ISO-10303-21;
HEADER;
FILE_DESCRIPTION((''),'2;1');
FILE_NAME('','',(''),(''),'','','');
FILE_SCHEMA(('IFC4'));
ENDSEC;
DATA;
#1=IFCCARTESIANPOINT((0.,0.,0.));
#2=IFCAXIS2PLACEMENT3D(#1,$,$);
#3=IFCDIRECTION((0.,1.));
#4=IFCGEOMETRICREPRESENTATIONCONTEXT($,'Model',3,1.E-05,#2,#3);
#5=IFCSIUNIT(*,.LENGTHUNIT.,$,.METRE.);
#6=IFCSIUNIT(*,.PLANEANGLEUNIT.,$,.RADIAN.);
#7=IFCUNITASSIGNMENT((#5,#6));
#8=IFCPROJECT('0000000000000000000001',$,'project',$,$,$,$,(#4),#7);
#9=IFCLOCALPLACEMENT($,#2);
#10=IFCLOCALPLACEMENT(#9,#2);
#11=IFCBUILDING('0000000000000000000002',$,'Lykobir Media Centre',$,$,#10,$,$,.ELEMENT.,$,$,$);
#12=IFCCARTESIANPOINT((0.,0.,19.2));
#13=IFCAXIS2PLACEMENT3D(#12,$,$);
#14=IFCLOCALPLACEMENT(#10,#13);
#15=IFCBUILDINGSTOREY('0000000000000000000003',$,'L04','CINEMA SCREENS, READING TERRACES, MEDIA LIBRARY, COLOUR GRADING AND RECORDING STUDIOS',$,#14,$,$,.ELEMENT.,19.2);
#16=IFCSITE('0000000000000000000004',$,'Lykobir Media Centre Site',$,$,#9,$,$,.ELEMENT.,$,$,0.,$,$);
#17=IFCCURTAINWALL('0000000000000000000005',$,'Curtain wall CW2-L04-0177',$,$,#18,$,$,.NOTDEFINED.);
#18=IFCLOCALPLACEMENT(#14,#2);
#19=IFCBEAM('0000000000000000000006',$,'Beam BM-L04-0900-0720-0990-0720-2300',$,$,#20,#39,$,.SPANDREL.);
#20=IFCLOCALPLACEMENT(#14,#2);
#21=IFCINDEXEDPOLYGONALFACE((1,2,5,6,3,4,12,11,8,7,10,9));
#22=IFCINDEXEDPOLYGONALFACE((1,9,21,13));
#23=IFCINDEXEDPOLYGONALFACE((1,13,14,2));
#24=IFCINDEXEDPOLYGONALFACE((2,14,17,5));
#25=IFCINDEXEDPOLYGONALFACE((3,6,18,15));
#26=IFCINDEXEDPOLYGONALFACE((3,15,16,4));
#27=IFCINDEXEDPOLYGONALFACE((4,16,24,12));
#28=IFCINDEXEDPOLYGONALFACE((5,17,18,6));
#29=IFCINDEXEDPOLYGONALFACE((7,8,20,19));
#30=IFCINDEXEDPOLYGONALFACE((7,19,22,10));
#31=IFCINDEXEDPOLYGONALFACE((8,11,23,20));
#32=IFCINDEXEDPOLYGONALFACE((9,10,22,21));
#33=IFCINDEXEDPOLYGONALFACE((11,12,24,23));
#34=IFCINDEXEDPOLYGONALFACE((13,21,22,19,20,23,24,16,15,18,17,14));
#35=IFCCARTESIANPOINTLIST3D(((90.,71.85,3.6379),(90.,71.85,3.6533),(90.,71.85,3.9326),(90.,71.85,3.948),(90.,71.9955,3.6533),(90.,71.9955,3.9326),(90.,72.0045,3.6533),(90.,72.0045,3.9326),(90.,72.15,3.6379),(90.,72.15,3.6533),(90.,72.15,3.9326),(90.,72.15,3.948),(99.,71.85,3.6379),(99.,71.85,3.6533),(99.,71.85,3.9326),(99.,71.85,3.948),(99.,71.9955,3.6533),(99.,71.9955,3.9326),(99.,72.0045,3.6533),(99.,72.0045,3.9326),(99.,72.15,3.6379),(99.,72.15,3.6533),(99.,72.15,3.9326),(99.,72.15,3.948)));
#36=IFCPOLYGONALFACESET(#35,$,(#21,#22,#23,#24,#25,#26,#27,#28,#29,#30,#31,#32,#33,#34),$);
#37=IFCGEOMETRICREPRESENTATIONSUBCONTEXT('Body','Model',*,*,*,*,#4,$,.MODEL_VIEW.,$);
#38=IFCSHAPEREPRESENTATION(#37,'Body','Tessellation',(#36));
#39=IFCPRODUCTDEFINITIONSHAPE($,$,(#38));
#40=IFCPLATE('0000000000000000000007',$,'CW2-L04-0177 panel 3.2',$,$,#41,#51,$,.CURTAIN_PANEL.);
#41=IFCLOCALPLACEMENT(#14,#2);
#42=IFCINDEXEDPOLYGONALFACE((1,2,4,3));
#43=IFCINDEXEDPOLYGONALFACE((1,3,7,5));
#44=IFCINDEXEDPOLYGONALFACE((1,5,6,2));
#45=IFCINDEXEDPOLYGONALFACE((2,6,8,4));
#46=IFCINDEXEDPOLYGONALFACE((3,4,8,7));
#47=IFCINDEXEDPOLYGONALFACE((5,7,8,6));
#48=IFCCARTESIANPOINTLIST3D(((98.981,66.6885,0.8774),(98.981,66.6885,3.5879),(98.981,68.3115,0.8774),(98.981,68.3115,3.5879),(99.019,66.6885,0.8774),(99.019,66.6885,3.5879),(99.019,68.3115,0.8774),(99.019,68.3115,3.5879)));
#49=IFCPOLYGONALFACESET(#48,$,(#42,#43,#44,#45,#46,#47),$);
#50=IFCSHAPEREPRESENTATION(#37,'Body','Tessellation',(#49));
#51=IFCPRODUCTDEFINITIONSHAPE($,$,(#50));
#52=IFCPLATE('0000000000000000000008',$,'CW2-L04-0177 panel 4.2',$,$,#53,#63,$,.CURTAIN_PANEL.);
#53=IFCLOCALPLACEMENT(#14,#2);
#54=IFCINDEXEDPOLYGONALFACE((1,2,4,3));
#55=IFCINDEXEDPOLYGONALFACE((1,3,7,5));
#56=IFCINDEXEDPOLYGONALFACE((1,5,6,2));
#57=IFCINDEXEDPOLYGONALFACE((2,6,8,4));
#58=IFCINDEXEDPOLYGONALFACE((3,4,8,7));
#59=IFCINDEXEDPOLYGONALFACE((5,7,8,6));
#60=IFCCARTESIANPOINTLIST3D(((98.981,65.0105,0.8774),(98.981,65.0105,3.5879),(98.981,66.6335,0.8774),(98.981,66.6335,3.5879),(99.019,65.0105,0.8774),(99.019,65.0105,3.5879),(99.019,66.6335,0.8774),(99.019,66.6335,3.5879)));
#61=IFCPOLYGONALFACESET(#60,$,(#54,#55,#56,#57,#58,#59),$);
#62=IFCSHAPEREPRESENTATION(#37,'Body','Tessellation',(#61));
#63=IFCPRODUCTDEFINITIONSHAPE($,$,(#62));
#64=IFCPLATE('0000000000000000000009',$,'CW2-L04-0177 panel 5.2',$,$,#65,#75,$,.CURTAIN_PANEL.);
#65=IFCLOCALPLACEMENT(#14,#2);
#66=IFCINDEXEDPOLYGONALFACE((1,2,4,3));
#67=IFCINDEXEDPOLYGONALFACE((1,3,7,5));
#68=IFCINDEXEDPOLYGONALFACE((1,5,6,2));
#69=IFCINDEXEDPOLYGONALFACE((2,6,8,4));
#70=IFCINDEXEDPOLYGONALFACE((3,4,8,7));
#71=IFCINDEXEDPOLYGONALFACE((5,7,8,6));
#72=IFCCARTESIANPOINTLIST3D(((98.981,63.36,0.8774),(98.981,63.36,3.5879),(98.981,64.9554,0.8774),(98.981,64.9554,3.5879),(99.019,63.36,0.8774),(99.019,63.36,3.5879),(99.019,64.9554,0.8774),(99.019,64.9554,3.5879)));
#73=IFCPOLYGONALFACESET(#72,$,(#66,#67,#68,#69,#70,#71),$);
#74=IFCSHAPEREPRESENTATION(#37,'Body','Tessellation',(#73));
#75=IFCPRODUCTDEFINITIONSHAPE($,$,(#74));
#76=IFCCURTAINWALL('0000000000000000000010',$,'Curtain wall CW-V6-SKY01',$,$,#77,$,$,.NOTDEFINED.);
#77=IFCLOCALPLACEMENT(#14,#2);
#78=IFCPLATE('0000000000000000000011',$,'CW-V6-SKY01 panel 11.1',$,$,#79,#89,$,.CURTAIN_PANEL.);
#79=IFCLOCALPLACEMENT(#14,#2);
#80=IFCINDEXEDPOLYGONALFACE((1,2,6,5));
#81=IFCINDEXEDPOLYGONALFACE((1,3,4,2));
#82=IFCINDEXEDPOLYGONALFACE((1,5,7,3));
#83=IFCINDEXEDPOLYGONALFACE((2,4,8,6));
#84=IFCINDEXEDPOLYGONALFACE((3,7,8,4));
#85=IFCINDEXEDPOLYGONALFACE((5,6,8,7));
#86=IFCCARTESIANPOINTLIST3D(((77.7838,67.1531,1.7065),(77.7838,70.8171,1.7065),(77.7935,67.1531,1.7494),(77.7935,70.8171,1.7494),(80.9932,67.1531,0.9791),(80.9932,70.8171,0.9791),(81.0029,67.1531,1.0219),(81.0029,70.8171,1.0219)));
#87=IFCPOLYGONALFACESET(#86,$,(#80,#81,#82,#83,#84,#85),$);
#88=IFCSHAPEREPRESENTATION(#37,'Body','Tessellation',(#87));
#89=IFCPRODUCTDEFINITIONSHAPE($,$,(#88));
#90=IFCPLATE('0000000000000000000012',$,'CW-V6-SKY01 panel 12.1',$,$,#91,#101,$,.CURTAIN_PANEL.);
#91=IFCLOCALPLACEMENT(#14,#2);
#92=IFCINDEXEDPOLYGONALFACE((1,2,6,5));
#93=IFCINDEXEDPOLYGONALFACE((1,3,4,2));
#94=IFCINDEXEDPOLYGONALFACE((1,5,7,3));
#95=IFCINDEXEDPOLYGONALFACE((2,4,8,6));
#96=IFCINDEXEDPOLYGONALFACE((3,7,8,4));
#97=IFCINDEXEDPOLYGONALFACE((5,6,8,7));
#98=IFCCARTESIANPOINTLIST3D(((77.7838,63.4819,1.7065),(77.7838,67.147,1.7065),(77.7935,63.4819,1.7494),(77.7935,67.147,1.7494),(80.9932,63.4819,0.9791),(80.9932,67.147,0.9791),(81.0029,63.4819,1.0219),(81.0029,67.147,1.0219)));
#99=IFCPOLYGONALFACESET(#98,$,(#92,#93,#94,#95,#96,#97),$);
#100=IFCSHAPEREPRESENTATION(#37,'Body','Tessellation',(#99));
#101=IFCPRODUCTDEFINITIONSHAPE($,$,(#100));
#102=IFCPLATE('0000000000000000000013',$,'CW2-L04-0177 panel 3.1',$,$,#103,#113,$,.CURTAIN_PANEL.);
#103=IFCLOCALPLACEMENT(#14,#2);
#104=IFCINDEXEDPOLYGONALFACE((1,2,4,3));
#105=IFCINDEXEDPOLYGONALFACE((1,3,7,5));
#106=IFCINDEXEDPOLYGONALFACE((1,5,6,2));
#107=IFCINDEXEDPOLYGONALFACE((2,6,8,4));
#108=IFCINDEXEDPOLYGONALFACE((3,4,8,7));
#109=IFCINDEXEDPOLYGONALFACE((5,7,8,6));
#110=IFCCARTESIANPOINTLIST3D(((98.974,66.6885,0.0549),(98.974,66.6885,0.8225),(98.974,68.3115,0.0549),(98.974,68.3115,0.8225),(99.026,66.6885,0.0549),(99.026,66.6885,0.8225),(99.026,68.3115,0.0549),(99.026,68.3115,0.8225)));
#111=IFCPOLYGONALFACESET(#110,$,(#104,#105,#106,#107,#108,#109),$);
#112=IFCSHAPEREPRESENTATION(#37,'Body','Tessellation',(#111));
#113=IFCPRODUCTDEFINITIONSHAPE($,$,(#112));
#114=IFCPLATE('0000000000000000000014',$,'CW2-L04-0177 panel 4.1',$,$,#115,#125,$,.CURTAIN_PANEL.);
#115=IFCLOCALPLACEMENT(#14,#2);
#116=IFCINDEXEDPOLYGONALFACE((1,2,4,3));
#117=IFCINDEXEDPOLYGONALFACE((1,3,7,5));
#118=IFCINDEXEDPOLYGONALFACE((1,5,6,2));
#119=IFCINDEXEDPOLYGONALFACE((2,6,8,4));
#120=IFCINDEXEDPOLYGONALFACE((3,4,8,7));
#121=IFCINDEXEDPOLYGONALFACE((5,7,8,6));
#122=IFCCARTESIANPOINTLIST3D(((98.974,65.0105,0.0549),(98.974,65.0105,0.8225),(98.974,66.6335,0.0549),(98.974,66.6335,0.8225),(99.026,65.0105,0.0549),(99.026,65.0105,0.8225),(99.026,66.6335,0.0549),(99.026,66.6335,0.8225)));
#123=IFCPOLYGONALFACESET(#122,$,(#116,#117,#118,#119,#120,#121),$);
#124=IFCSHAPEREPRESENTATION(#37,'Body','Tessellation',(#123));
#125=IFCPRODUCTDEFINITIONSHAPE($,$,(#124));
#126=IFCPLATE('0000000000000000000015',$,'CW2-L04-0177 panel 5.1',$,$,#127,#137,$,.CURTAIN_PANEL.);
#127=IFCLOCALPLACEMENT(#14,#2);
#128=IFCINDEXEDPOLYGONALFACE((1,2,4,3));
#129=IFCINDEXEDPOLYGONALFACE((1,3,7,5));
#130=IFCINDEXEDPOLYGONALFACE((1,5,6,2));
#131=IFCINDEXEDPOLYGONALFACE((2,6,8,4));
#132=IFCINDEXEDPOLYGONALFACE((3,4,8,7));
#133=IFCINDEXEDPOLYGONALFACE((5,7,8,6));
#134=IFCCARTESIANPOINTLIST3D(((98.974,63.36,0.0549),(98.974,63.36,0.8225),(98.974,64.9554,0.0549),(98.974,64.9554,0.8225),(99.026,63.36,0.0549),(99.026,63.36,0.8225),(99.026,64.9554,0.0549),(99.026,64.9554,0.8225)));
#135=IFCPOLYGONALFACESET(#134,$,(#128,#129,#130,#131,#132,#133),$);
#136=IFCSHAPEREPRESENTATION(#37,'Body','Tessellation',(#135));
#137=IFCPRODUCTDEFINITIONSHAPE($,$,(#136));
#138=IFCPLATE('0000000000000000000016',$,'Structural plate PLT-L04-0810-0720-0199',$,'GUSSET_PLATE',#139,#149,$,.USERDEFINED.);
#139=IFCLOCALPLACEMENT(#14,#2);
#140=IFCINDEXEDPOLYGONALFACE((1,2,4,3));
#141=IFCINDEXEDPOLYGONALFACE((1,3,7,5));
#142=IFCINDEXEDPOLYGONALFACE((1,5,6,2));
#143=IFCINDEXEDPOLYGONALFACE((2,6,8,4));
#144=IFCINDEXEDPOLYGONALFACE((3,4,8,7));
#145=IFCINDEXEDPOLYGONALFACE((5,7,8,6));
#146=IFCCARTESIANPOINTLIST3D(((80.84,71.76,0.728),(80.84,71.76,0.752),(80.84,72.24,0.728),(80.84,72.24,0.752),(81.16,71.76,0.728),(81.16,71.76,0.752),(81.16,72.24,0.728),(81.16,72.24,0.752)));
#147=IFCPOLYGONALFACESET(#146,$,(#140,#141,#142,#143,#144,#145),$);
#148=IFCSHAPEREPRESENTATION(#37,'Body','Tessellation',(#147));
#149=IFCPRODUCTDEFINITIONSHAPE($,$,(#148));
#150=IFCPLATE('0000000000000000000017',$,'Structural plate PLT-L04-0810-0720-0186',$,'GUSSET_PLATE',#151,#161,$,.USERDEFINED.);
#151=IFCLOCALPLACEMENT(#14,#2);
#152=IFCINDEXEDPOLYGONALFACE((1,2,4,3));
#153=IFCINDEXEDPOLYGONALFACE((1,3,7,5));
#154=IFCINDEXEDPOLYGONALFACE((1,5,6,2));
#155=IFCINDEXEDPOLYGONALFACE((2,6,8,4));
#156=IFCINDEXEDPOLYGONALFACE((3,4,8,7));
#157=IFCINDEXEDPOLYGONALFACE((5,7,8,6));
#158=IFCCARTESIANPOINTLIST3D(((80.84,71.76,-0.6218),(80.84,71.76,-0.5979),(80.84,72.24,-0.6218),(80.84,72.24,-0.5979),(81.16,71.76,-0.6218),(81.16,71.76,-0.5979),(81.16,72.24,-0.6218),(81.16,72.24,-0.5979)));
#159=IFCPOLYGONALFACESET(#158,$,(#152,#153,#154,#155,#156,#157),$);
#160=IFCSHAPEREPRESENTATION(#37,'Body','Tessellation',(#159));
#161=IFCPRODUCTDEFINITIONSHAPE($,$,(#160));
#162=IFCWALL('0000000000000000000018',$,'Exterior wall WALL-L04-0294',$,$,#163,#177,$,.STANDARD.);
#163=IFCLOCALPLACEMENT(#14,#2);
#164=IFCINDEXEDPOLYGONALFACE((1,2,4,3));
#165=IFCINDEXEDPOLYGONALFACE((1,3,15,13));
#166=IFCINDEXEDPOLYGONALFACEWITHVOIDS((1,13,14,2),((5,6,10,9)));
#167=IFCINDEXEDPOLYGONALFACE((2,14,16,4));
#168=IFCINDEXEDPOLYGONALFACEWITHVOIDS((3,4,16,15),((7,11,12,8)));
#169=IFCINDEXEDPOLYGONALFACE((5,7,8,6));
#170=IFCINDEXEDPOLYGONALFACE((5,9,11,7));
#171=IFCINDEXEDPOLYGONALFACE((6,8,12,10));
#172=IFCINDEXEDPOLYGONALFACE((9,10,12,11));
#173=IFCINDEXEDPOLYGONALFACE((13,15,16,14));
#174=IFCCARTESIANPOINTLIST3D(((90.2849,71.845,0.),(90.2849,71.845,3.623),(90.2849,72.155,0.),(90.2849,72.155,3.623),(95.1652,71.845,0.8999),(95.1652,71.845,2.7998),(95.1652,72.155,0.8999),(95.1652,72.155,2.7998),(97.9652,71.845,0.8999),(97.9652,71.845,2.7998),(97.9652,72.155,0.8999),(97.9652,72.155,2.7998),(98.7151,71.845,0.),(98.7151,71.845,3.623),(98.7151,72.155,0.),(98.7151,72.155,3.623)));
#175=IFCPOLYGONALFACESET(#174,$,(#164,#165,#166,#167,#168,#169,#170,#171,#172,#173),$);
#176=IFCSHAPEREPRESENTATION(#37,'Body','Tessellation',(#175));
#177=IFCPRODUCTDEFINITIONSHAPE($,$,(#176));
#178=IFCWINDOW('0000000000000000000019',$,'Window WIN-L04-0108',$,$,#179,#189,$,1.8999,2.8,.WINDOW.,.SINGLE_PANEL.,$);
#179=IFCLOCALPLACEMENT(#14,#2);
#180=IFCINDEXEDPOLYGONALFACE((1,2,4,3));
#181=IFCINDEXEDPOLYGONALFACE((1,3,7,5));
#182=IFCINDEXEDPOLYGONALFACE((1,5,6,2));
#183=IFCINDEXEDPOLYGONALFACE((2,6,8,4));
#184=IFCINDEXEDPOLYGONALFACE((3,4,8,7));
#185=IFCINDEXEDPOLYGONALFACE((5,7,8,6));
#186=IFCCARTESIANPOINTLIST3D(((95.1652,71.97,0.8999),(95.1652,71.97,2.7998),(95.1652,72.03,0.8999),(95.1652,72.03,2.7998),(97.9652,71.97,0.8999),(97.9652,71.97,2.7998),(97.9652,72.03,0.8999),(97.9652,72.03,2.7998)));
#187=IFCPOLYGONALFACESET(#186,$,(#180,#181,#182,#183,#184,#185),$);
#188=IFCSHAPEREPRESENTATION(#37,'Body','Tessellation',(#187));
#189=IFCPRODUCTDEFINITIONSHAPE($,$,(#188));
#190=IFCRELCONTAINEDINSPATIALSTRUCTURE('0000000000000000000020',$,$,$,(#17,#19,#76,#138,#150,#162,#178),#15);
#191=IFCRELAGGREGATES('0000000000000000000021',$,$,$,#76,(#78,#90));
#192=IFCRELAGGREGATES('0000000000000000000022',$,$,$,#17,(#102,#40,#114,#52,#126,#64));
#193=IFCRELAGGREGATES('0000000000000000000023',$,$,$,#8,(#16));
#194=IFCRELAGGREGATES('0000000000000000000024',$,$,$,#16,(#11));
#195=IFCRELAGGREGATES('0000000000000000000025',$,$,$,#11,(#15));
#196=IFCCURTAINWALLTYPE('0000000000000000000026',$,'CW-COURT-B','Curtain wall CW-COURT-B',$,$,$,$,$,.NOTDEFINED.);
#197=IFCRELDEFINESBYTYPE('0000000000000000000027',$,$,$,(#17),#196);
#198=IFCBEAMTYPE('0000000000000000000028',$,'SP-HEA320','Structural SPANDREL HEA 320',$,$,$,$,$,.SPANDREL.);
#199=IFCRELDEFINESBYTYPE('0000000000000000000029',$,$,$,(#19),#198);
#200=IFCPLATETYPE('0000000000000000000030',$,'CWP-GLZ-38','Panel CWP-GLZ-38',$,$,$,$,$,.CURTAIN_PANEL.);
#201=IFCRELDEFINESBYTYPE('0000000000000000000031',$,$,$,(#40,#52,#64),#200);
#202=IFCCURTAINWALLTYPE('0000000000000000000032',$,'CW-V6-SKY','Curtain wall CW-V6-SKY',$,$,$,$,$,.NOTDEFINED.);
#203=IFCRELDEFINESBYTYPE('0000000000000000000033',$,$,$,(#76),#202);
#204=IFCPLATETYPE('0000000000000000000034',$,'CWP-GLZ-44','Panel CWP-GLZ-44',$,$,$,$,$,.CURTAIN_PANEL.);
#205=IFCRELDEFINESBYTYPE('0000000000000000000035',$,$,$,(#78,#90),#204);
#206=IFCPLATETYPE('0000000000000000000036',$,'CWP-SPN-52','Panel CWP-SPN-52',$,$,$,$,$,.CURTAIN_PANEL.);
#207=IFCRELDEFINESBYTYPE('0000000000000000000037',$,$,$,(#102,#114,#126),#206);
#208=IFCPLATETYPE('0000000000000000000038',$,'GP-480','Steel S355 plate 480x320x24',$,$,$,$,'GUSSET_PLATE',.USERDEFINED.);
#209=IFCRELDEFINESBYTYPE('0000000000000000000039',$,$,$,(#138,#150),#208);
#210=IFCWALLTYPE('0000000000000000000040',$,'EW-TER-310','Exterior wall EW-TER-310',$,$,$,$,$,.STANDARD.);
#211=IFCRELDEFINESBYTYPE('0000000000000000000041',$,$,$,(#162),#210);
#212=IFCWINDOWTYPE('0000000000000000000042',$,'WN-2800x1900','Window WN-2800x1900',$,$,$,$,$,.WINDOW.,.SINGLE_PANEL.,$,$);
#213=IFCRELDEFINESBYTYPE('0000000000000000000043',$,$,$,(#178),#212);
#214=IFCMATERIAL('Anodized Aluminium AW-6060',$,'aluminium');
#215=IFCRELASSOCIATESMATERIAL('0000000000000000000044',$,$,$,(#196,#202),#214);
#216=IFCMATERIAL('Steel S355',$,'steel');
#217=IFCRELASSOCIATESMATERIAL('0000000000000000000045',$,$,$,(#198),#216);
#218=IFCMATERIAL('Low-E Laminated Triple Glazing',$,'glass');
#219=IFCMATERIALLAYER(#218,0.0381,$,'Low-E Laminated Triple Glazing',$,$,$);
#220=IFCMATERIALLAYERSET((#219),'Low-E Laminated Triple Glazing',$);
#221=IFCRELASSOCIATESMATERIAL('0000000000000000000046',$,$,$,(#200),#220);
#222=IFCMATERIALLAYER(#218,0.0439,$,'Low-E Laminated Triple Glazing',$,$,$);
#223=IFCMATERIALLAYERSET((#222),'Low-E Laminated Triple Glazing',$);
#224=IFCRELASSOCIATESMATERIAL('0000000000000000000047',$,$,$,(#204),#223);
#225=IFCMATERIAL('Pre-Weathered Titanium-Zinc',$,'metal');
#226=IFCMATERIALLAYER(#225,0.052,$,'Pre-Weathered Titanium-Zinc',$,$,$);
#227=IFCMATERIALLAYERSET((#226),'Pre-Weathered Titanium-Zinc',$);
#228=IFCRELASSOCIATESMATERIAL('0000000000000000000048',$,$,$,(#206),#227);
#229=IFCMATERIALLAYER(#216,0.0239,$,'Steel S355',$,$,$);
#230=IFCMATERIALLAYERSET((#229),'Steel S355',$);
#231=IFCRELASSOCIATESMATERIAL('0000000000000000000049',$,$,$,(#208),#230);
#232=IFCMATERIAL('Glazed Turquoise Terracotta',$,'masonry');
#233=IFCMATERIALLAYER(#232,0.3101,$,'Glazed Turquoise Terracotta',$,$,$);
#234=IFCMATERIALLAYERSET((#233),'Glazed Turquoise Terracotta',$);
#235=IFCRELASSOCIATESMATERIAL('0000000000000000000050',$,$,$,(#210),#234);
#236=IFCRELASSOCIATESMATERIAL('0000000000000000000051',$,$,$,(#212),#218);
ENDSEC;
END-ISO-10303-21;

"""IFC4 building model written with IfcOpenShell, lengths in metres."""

from ifc_helpers import new_model, si_unit, direction, frame, frame_2d, origin, origin_2d, place, context, subcontext, project, spatial, rectangle, i_section, extrude, material, layer, layer_set, material_profile, profile_set, type_object, element, fill, aggregate, save


model = new_model("IFC4")

# Units and contexts
model_context = context("Model", 3, precision=1e-05, world=origin(), true_north=direction((0.0, 1.0)))
body_context = subcontext(model_context, "Body", "Model", "MODEL_VIEW")
ifc_project = project(units=[si_unit("LENGTHUNIT", "METRE"), si_unit("PLANEANGLEUNIT", "RADIAN")], contexts=[model_context])

# Site, building, storey
site_placement = place(None, origin())
site = spatial("IfcSite", under=ifc_project, at=site_placement, Name="Lykobir Media Centre Site", CompositionType="ELEMENT", RefElevation=0.0)
building_placement = place(site_placement, origin())
building = spatial("IfcBuilding", under=site, at=building_placement, Name="Lykobir Media Centre", CompositionType="ELEMENT")
storey_placement = place(building_placement, frame((0.0, 0.0, 19.2)))
storey = spatial("IfcBuildingStorey", under=building, at=storey_placement, Name="L04", Description="CINEMA SCREENS, READING TERRACES, MEDIA LIBRARY, COLOUR GRADING AND RECORDING STUDIOS", CompositionType="ELEMENT", Elevation=19.2)

# Shared definitions
ifc_material_1 = material(Name="Steel S355", Category="steel")

# Curtain wall
ifc_material_2 = material(Name="Anodized Aluminium AW-6060", Category="aluminium")
curtain_wall_type_1 = type_object("IfcCurtainWallType", Name="CW-COURT-B", Description="Curtain wall CW-COURT-B", PredefinedType="NOTDEFINED", material=ifc_material_2)
curtain_wall_1_placement = place(storey_placement, origin())
curtain_wall_1 = element("IfcCurtainWall", 1, at=curtain_wall_1_placement, inside=storey, type_object=curtain_wall_type_1, Name="Curtain wall CW2-L04-0177", PredefinedType="NOTDEFINED")

# Beam
ifc_material_profile_1 = material_profile(ifc_material_1, i_section(OverallWidth=0.3, OverallDepth=0.3101, WebThickness=0.009, FlangeThickness=0.0154, at=origin_2d()), Name="HEA 320")
ifc_profile_set_1 = profile_set([ifc_material_profile_1], Name="Steel S355")
beam_type_1 = type_object("IfcBeamType", Name="SP-HEA320", Description="Structural SPANDREL HEA 320", PredefinedType="SPANDREL", material=ifc_profile_set_1)
beam_placement = place(storey_placement, frame((90.0, 72.0, 3.793), z_axis=(1.0, 0.0, 0.0), x_axis=(0.0, 1.0, 0.0)))
element("IfcBeam", 2, at=beam_placement, inside=storey, type_object=beam_type_1, Name="Beam BM-L04-0900-0720-0990-0720-2300", PredefinedType="SPANDREL", context=body_context, shape_type="SweptSolid", body=[
    extrude(i_section(OverallWidth=0.3, OverallDepth=0.3101, WebThickness=0.009, FlangeThickness=0.0154, at=origin_2d()), origin(), (0.0, 0.0, 1.0), 9.0),
])

# Plates
ifc_material_3 = material(Name="Low-E Laminated Triple Glazing", Category="glass")
ifc_layer_1 = layer(ifc_material_3, 0.0381, Name="Low-E Laminated Triple Glazing")
ifc_layer_set_1 = layer_set([ifc_layer_1], Name="Low-E Laminated Triple Glazing")
plate_type_1 = type_object("IfcPlateType", Name="CWP-GLZ-38", Description="Panel CWP-GLZ-38", PredefinedType="CURTAIN_PANEL", material=ifc_layer_set_1)
plate_1_placement = place(storey_placement, frame((99.0, 67.5, 0.8774), z_axis=(0.0, 0.0, 1.0), x_axis=(0.0, -1.0, 0.0)))
plate_1 = element("IfcPlate", 3, at=plate_1_placement, type_object=plate_type_1, Name="CW2-L04-0177 panel 3.2", PredefinedType="CURTAIN_PANEL", context=body_context, shape_type="SweptSolid", body=[
    extrude(rectangle(XDim=1.623, YDim=0.0381, at=origin_2d()), origin(), (0.0, 0.0, 1.0), 2.7104),
])
plate_2_placement = place(storey_placement, frame((99.0, 65.822, 0.8774), z_axis=(0.0, 0.0, 1.0), x_axis=(0.0, -1.0, 0.0)))
plate_2 = element("IfcPlate", 4, at=plate_2_placement, type_object=plate_type_1, Name="CW2-L04-0177 panel 4.2", PredefinedType="CURTAIN_PANEL", context=body_context, shape_type="SweptSolid", body=[
    extrude(rectangle(XDim=1.623, YDim=0.0381, at=origin_2d()), origin(), (0.0, 0.0, 1.0), 2.7104),
])
plate_3_placement = place(storey_placement, frame((99.0, 64.1577, 0.8774), z_axis=(0.0, 0.0, 1.0), x_axis=(0.0, -1.0, 0.0)))
plate_3 = element("IfcPlate", 5, at=plate_3_placement, type_object=plate_type_1, Name="CW2-L04-0177 panel 5.2", PredefinedType="CURTAIN_PANEL", context=body_context, shape_type="SweptSolid", body=[
    extrude(rectangle(XDim=1.5955, YDim=0.0381, at=origin_2d()), origin(), (0.0, 0.0, 1.0), 2.7104),
])

# Curtain wall, plates
curtain_wall_type_2 = type_object("IfcCurtainWallType", Name="CW-V6-SKY", Description="Curtain wall CW-V6-SKY", PredefinedType="NOTDEFINED", material=ifc_material_2)
curtain_wall_2_placement = place(storey_placement, origin())
curtain_wall_2 = element("IfcCurtainWall", 6, at=curtain_wall_2_placement, inside=storey, type_object=curtain_wall_type_2, Name="Curtain wall CW-V6-SKY01", PredefinedType="NOTDEFINED")
ifc_layer_2 = layer(ifc_material_3, 0.0439, Name="Low-E Laminated Triple Glazing")
ifc_layer_set_2 = layer_set([ifc_layer_2], Name="Low-E Laminated Triple Glazing")
plate_type_2 = type_object("IfcPlateType", Name="CWP-GLZ-44", Description="Panel CWP-GLZ-44", PredefinedType="CURTAIN_PANEL", material=ifc_layer_set_2)
plate_4_placement = place(storey_placement, frame((80.998, 68.9851, 1.0005), z_axis=(-0.975261, 0.0, 0.221055), x_axis=(0.0, -1.0, 0.0)))
plate_4 = element("IfcPlate", 7, at=plate_4_placement, type_object=plate_type_2, Name="CW-V6-SKY01 panel 11.1", PredefinedType="CURTAIN_PANEL", context=body_context, shape_type="SweptSolid", body=[
    extrude(rectangle(XDim=3.6641, YDim=0.0439, at=origin_2d()), origin(), (0.0, 0.0, 1.0), 3.2908),
])
plate_5_placement = place(storey_placement, frame((80.998, 65.3145, 1.0005), z_axis=(-0.975261, 0.0, 0.221055), x_axis=(0.0, -1.0, 0.0)))
plate_5 = element("IfcPlate", 8, at=plate_5_placement, type_object=plate_type_2, Name="CW-V6-SKY01 panel 12.1", PredefinedType="CURTAIN_PANEL", context=body_context, shape_type="SweptSolid", body=[
    extrude(rectangle(XDim=3.665, YDim=0.0439, at=origin_2d()), origin(), (0.0, 0.0, 1.0), 3.2908),
])
aggregate(curtain_wall_2, [plate_4, plate_5])

# Plates
ifc_material_4 = material(Name="Pre-Weathered Titanium-Zinc", Category="metal")
ifc_layer_3 = layer(ifc_material_4, 0.052, Name="Pre-Weathered Titanium-Zinc")
ifc_layer_set_3 = layer_set([ifc_layer_3], Name="Pre-Weathered Titanium-Zinc")
plate_type_3 = type_object("IfcPlateType", Name="CWP-SPN-52", Description="Panel CWP-SPN-52", PredefinedType="CURTAIN_PANEL", material=ifc_layer_set_3)
plate_6_placement = place(storey_placement, frame((99.0, 67.5, 0.0549), z_axis=(0.0, 0.0, 1.0), x_axis=(0.0, -1.0, 0.0)))
plate_6 = element("IfcPlate", 9, at=plate_6_placement, type_object=plate_type_3, Name="CW2-L04-0177 panel 3.1", PredefinedType="CURTAIN_PANEL", context=body_context, shape_type="SweptSolid", body=[
    extrude(rectangle(XDim=1.623, YDim=0.052, at=origin_2d()), origin(), (0.0, 0.0, 1.0), 0.7676),
])
plate_7_placement = place(storey_placement, frame((99.0, 65.822, 0.0549), z_axis=(0.0, 0.0, 1.0), x_axis=(0.0, -1.0, 0.0)))
plate_7 = element("IfcPlate", 10, at=plate_7_placement, type_object=plate_type_3, Name="CW2-L04-0177 panel 4.1", PredefinedType="CURTAIN_PANEL", context=body_context, shape_type="SweptSolid", body=[
    extrude(rectangle(XDim=1.623, YDim=0.052, at=origin_2d()), origin(), (0.0, 0.0, 1.0), 0.7676),
])
plate_8_placement = place(storey_placement, frame((99.0, 64.1577, 0.0549), z_axis=(0.0, 0.0, 1.0), x_axis=(0.0, -1.0, 0.0)))
plate_8 = element("IfcPlate", 11, at=plate_8_placement, type_object=plate_type_3, Name="CW2-L04-0177 panel 5.1", PredefinedType="CURTAIN_PANEL", context=body_context, shape_type="SweptSolid", body=[
    extrude(rectangle(XDim=1.5955, YDim=0.052, at=origin_2d()), origin(), (0.0, 0.0, 1.0), 0.7676),
])
aggregate(curtain_wall_1, [plate_6, plate_1, plate_7, plate_2, plate_8, plate_3])

# Plates
ifc_layer_4 = layer(ifc_material_1, 0.0239, Name="Steel S355")
ifc_layer_set_4 = layer_set([ifc_layer_4], Name="Steel S355")
plate_type_4 = type_object("IfcPlateType", Name="GP-480", Description="Steel S355 plate 480x320x24", ElementType="GUSSET_PLATE", PredefinedType="USERDEFINED", material=ifc_layer_set_4)
for number, where, z_axis, x_axis, name in (
    (12, (81.0, 72.0, 0.728), (0.0, 0.0, 1.0), (0.0, 1.0, 0.0), "Structural plate PLT-L04-0810-0720-0199"),
    (13, (81.0, 72.0, -0.6218), (0.0, 0.0, 1.0), (0.0, 1.0, 0.0), "Structural plate PLT-L04-0810-0720-0186"),
):
    element("IfcPlate", number, at=place(storey_placement, frame(where, z_axis=z_axis, x_axis=x_axis)), inside=storey, type_object=plate_type_4, Name=name, ObjectType="GUSSET_PLATE", PredefinedType="USERDEFINED", context=body_context, shape_type="SweptSolid", body=[
        extrude(rectangle(XDim=0.48, YDim=0.3201, at=origin_2d()), origin(), (0.0, 0.0, 1.0), 0.0239),
    ])

# Wall, opening, window
ifc_material_5 = material(Name="Glazed Turquoise Terracotta", Category="masonry")
ifc_layer_5 = layer(ifc_material_5, 0.3101, Name="Glazed Turquoise Terracotta")
ifc_layer_set_5 = layer_set([ifc_layer_5], Name="Glazed Turquoise Terracotta")
wall_type = type_object("IfcWallType", Name="EW-TER-310", Description="Exterior wall EW-TER-310", PredefinedType="STANDARD", material=ifc_layer_set_5)
wall_1_placement = place(storey_placement, frame((98.7151, 72.0, 0.0), z_axis=(0.0, 0.0, 1.0), x_axis=(-1.0, 0.0, 0.0)))
wall_1 = element("IfcWall", 14, at=wall_1_placement, inside=storey, type_object=wall_type, Name="Exterior wall WALL-L04-0294", PredefinedType="STANDARD", context=body_context, shape_type="SweptSolid", body=[
    extrude(rectangle(XDim=8.4302, YDim=0.3101, at=frame_2d((4.2151, 0.0))), origin(), (0.0, 0.0, 1.0), 3.623),
])
opening_1_placement = place(wall_1_placement, frame((0.75, 0.0, 0.8999)))
opening_1 = element("IfcOpeningElement", 15, at=opening_1_placement, cuts=wall_1, PredefinedType="OPENING", context=body_context, shape_type="SweptSolid", body=[
    extrude(rectangle(XDim=2.8, YDim=1.8999, at=frame_2d((1.3999, 0.95))), frame((0.0, 0.165, 0.0), z_axis=(0.0, -1.0, 0.0), x_axis=(1.0, 0.0, 0.0)), (0.0, 0.0, 1.0), 0.3301),
])
window_type_1 = type_object("IfcWindowType", Name="WN-2800x1900", Description="Window WN-2800x1900", PartitioningType="SINGLE_PANEL", PredefinedType="WINDOW", material=ifc_material_3)
window_1_placement = place(opening_1_placement, origin())
window_1 = element("IfcWindow", 16, at=window_1_placement, inside=storey, type_object=window_type_1, Name="Window WIN-L04-0108", OverallHeight=1.8999, OverallWidth=2.8, PartitioningType="SINGLE_PANEL", PredefinedType="WINDOW", context=body_context, shape_type="SweptSolid", body=[
    extrude(rectangle(XDim=2.8, YDim=1.8999, at=frame_2d((1.3999, 0.95))), frame((0.0, 0.03, 0.0), z_axis=(0.0, -1.0, 0.0), x_axis=(1.0, 0.0, 0.0)), (0.0, 0.0, 1.0), 0.0601),
])
fill(opening_1, window_1)

save(model, "model.ifc")
